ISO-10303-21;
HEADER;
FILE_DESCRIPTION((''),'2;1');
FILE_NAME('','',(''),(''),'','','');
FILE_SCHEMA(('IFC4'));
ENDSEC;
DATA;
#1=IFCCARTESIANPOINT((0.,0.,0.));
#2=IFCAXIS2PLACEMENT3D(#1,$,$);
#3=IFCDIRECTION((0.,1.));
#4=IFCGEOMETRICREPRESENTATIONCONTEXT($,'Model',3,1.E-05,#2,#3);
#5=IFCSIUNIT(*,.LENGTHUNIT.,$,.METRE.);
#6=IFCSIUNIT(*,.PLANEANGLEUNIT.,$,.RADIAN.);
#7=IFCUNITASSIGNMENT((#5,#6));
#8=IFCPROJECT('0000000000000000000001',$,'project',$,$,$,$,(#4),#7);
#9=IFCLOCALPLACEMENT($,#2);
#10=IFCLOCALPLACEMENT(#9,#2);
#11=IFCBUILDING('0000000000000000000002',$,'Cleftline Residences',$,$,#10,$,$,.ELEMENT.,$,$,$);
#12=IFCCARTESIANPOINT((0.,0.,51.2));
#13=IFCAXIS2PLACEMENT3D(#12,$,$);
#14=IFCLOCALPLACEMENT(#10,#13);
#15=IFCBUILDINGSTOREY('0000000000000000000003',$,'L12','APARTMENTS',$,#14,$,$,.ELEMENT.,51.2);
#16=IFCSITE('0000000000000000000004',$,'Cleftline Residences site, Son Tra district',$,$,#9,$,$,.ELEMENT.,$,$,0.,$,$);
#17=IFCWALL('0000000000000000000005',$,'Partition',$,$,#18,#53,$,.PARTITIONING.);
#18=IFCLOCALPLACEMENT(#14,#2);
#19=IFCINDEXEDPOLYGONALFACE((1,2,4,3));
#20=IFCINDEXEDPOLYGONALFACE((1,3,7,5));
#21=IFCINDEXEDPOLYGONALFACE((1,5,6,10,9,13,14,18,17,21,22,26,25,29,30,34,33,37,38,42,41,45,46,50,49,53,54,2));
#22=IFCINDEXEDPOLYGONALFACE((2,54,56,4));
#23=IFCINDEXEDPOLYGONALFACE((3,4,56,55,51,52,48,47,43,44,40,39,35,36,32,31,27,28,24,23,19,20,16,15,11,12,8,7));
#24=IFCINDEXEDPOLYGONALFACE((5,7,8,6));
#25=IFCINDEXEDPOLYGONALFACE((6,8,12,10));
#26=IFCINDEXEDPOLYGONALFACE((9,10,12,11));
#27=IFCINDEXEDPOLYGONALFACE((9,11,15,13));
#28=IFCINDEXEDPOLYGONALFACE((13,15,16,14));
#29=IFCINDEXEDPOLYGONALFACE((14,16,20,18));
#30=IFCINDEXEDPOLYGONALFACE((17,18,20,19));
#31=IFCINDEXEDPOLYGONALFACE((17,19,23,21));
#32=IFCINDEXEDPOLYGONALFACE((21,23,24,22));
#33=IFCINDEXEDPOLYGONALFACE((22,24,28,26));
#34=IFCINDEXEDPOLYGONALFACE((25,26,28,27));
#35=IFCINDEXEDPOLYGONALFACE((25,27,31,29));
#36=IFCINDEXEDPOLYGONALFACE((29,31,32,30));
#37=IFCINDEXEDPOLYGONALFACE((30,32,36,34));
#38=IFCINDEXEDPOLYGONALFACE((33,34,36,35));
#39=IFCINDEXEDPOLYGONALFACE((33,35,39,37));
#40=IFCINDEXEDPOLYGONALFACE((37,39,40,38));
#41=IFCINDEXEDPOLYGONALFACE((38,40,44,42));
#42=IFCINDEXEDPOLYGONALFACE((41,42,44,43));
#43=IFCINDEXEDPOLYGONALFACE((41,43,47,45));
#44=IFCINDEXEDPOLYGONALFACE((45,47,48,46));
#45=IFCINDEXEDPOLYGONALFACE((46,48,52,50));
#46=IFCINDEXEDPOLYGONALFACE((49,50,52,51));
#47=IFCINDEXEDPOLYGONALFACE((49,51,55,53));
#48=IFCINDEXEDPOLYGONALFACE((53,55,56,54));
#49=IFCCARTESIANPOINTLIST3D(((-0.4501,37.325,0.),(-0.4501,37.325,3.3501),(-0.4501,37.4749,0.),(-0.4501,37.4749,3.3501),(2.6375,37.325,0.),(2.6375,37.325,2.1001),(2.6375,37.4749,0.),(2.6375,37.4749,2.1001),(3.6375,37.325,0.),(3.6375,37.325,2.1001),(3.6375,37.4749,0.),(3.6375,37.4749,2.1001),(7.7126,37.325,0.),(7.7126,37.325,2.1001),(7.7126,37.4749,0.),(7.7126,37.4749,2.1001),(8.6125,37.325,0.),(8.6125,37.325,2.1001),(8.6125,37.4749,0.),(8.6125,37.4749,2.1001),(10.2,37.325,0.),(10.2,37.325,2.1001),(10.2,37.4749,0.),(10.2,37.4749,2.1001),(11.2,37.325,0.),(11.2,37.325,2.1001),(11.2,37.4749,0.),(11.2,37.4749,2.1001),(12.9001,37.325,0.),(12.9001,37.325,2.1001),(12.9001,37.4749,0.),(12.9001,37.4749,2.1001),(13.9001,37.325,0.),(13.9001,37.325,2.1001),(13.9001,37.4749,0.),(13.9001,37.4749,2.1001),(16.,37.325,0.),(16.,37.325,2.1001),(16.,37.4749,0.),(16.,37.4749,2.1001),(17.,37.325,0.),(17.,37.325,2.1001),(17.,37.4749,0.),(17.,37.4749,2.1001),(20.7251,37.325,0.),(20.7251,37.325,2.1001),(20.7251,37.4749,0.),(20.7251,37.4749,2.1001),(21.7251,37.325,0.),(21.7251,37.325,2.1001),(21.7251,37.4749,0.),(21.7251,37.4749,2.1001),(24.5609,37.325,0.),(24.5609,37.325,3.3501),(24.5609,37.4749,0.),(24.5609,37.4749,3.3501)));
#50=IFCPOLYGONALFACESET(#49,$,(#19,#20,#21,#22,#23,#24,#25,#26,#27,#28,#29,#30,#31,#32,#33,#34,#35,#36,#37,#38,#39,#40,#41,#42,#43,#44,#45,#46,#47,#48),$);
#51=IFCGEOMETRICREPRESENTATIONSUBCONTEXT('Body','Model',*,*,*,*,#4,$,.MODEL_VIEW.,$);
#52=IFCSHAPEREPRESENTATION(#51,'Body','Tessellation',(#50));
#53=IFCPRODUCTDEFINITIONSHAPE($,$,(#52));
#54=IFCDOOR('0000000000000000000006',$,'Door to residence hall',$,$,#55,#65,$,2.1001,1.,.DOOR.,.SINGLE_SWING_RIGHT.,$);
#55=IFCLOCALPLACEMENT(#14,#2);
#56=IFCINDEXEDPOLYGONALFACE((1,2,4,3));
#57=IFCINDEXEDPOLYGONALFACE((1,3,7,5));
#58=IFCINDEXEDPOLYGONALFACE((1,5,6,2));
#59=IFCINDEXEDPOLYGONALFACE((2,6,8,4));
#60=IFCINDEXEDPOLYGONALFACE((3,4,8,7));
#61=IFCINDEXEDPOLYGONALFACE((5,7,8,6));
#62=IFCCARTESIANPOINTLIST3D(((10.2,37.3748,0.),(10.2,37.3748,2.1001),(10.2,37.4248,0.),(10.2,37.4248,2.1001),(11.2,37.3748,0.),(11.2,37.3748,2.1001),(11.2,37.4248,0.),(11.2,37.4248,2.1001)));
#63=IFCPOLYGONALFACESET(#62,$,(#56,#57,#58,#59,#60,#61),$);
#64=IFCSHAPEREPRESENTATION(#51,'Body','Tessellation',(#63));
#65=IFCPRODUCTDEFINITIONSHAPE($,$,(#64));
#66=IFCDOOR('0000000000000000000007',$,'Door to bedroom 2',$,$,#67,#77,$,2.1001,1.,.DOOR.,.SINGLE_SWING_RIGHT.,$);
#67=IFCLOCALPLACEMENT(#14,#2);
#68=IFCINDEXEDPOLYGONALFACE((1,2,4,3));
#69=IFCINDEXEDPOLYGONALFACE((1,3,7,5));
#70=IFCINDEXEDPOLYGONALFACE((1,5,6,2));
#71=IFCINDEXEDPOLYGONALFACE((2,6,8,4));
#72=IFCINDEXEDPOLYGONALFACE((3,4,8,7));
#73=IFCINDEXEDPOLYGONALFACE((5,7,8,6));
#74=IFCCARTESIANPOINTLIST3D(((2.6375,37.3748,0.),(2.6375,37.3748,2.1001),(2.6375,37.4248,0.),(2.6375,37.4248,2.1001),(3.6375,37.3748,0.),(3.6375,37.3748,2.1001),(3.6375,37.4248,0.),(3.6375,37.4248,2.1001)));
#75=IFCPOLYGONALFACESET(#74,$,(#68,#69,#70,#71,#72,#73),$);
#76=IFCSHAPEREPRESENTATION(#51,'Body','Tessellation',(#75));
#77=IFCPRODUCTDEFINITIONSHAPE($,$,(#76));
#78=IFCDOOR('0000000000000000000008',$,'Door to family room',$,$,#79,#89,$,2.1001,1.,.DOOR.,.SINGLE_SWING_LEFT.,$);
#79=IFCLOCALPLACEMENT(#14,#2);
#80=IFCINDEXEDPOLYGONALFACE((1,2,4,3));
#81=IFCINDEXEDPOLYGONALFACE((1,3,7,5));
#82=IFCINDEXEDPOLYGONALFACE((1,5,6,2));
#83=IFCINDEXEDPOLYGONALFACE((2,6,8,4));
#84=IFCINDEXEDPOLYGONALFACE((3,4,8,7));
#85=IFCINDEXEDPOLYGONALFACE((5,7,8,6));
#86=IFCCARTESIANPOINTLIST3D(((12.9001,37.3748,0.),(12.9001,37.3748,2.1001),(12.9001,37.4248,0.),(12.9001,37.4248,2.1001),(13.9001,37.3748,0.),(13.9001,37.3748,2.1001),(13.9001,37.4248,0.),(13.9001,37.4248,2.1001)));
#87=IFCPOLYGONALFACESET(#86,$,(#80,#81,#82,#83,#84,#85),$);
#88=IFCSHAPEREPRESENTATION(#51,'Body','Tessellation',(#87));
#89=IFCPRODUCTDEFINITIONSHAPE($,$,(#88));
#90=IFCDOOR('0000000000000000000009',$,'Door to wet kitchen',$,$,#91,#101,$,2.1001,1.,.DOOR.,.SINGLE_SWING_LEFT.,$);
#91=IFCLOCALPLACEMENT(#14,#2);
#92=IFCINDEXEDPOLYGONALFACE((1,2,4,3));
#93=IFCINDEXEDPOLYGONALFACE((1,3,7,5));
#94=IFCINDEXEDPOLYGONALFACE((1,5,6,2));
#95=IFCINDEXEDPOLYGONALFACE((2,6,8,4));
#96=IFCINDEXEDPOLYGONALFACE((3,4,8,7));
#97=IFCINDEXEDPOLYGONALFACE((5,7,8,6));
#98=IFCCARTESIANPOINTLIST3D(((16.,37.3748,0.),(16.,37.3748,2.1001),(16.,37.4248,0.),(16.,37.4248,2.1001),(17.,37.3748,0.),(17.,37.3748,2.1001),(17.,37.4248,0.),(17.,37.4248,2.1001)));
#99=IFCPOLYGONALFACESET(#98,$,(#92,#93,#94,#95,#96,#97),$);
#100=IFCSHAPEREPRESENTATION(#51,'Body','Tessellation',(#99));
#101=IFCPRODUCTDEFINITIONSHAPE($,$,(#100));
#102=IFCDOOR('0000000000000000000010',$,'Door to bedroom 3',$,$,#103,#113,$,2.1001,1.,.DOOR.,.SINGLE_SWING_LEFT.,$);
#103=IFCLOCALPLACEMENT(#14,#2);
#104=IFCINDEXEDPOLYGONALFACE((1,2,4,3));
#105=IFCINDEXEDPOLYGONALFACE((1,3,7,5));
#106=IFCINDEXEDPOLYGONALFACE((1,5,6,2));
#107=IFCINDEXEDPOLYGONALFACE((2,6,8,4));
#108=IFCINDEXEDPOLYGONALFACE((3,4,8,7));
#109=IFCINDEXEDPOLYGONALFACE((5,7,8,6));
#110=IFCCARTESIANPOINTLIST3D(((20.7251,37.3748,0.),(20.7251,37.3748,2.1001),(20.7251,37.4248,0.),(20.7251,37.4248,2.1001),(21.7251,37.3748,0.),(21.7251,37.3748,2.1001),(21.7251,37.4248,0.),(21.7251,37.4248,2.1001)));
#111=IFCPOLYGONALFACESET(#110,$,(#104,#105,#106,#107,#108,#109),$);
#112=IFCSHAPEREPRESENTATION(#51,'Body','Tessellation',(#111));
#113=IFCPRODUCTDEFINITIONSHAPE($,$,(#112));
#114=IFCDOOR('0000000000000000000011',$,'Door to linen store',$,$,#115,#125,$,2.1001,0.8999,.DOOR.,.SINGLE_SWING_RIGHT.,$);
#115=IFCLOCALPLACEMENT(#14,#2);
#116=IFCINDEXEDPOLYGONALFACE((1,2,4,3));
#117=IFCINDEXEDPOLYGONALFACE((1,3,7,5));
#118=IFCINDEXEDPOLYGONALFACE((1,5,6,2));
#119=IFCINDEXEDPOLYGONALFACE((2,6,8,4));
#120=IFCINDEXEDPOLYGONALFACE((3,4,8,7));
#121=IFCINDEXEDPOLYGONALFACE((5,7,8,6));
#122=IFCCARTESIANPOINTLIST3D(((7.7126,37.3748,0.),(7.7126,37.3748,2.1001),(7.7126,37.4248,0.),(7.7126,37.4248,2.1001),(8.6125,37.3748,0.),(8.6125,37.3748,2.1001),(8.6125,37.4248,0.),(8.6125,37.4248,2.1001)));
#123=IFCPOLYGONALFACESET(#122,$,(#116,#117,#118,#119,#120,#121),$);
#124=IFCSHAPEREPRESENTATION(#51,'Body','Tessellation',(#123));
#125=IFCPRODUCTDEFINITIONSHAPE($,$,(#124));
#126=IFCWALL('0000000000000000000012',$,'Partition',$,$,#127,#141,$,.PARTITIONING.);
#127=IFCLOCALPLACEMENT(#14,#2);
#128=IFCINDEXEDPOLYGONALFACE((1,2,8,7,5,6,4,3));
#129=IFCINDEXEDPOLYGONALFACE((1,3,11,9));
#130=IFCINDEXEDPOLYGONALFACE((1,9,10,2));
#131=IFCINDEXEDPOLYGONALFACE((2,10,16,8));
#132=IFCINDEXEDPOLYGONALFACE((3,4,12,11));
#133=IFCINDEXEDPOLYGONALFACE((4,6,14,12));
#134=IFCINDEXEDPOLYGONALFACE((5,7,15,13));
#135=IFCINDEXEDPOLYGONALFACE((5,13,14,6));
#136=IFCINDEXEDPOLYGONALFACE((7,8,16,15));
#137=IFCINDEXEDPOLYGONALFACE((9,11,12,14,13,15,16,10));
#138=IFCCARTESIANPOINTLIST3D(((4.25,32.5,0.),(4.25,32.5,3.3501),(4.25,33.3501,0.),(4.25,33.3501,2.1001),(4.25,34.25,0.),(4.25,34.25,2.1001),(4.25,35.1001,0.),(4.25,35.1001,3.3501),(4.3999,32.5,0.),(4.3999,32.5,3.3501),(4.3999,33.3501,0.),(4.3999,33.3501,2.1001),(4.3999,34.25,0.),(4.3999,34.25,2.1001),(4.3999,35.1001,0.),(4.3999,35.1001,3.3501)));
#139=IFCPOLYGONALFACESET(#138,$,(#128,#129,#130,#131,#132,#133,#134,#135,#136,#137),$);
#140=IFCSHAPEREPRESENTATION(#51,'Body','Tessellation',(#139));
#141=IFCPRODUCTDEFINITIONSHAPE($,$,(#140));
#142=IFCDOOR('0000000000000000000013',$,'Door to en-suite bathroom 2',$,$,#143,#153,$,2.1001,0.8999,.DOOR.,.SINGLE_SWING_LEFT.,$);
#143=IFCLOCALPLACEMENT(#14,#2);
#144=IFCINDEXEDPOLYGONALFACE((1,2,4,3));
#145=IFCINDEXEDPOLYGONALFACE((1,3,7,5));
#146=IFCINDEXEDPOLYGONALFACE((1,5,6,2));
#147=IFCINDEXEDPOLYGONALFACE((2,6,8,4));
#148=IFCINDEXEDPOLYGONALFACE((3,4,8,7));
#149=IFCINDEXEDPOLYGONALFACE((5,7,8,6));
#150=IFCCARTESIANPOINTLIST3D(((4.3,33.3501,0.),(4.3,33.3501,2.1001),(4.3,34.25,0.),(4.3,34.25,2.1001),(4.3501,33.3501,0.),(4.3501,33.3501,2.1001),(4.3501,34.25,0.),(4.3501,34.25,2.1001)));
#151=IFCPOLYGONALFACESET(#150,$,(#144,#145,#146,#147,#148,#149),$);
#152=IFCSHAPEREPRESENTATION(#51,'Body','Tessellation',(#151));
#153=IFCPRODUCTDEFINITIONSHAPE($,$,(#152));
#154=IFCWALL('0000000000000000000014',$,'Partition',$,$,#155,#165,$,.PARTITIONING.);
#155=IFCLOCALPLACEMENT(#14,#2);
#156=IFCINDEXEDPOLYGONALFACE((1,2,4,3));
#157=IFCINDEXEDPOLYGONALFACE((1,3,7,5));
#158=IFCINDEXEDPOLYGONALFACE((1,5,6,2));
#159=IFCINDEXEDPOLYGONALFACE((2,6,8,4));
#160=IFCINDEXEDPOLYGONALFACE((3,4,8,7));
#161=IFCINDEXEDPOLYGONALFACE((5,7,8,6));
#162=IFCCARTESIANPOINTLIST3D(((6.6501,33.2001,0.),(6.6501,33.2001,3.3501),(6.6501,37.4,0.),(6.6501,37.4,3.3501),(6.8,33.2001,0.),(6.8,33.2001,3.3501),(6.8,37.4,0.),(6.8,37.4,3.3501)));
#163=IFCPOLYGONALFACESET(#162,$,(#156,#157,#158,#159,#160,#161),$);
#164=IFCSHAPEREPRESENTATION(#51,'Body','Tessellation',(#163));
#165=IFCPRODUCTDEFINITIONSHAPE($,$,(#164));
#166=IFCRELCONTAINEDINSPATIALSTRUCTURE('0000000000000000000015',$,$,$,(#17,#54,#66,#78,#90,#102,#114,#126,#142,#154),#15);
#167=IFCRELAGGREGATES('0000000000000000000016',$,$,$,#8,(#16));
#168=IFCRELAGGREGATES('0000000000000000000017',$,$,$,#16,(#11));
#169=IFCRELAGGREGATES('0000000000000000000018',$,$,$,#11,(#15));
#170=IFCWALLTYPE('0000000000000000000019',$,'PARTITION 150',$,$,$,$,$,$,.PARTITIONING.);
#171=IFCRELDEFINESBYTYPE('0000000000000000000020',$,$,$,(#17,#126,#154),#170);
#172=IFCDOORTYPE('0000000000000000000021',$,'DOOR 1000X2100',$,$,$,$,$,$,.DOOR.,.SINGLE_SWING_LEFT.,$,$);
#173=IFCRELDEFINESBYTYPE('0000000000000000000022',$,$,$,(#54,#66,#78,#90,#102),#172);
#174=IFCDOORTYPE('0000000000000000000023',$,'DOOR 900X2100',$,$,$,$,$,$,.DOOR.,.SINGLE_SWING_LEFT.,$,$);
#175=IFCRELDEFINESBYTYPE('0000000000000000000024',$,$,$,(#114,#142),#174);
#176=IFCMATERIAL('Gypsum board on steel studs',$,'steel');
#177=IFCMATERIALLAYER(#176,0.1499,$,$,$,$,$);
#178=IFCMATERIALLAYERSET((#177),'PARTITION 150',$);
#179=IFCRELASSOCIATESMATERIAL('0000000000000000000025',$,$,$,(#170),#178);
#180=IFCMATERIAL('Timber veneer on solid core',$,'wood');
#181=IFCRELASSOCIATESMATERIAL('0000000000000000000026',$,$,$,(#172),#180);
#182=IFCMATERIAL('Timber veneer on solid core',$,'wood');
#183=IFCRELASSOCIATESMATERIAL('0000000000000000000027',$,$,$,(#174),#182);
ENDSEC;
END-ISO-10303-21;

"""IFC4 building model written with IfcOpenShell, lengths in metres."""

from ifc_helpers import new_model, si_unit, direction, frame, frame_2d, origin, place, context, subcontext, project, spatial, rectangle, extrude, material, layer, layer_set, type_object, element, fill, save


model = new_model("IFC4")

# Units and contexts
model_context = context("Model", 3, precision=1e-05, world=origin(), true_north=direction((0.0, 1.0)))
body_context = subcontext(model_context, "Body", "Model", "MODEL_VIEW")
ifc_project = project(units=[si_unit("LENGTHUNIT", "METRE"), si_unit("PLANEANGLEUNIT", "RADIAN")], contexts=[model_context])

# Site, building, storey
site_placement = place(None, origin())
site = spatial("IfcSite", under=ifc_project, at=site_placement, Name="Cleftline Residences site, Son Tra district", CompositionType="ELEMENT", RefElevation=0.0)
building_placement = place(site_placement, origin())
building = spatial("IfcBuilding", under=site, at=building_placement, Name="Cleftline Residences", CompositionType="ELEMENT")
storey_placement = place(building_placement, frame((0.0, 0.0, 51.2)))
storey = spatial("IfcBuildingStorey", under=building, at=storey_placement, Name="L12", Description="APARTMENTS", CompositionType="ELEMENT", Elevation=51.2)

# Shared definitions
ifc_material_1 = material(Name="Gypsum board on steel studs", Category="steel")
ifc_layer = layer(ifc_material_1, 0.1499)
ifc_layer_set = layer_set([ifc_layer], Name="PARTITION 150")
wall_type = type_object("IfcWallType", Name="PARTITION 150", PredefinedType="PARTITIONING", material=ifc_layer_set)

# Wall, openings, doors
wall_1_placement = place(storey_placement, frame((-0.45, 37.3999, 0.0), z_axis=(0.0, 0.0, 1.0), x_axis=(1.0, 0.0, 0.0)))
wall_1 = element("IfcWall", 1, at=wall_1_placement, inside=storey, type_object=wall_type, Name="Partition", PredefinedType="PARTITIONING", context=body_context, shape_type="SweptSolid", body=[
    extrude(rectangle(XDim=25.011, YDim=0.1499, at=frame_2d((12.5054, 0.0))), origin(), (0.0, 0.0, 1.0), 3.3501),
])
opening_1_placement = place(wall_1_placement, frame((10.6499, 0.0, 0.0)))
opening_1 = element("IfcOpeningElement", 2, at=opening_1_placement, cuts=wall_1, PredefinedType="OPENING", context=body_context, shape_type="SweptSolid", body=[
    extrude(rectangle(XDim=1.0, YDim=2.1001, at=frame_2d((0.5, 1.05))), frame((0.0, 0.085, 0.0), z_axis=(0.0, -1.0, 0.0), x_axis=(1.0, 0.0, 0.0)), (0.0, 0.0, 1.0), 0.1699),
])
opening_2_placement = place(wall_1_placement, frame((3.0874, 0.0, 0.0)))
opening_2 = element("IfcOpeningElement", 3, at=opening_2_placement, cuts=wall_1, PredefinedType="OPENING", context=body_context, shape_type="SweptSolid", body=[
    extrude(rectangle(XDim=1.0, YDim=2.1001, at=frame_2d((0.5, 1.05))), frame((0.0, 0.085, 0.0), z_axis=(0.0, -1.0, 0.0), x_axis=(1.0, 0.0, 0.0)), (0.0, 0.0, 1.0), 0.1699),
])
opening_3_placement = place(wall_1_placement, frame((8.1626, 0.0, 0.0)))
opening_3 = element("IfcOpeningElement", 4, at=opening_3_placement, cuts=wall_1, PredefinedType="OPENING", context=body_context, shape_type="SweptSolid", body=[
    extrude(rectangle(XDim=0.8999, YDim=2.1001, at=frame_2d((0.45, 1.05))), frame((0.0, 0.085, 0.0), z_axis=(0.0, -1.0, 0.0), x_axis=(1.0, 0.0, 0.0)), (0.0, 0.0, 1.0), 0.1699),
])
opening_4_placement = place(wall_1_placement, frame((13.3501, 0.0, 0.0)))
opening_4 = element("IfcOpeningElement", 5, at=opening_4_placement, cuts=wall_1, PredefinedType="OPENING", context=body_context, shape_type="SweptSolid", body=[
    extrude(rectangle(XDim=1.0, YDim=2.1001, at=frame_2d((0.5, 1.05))), frame((0.0, 0.085, 0.0), z_axis=(0.0, -1.0, 0.0), x_axis=(1.0, 0.0, 0.0)), (0.0, 0.0, 1.0), 0.1699),
])
opening_5_placement = place(wall_1_placement, frame((16.45, 0.0, 0.0)))
opening_5 = element("IfcOpeningElement", 6, at=opening_5_placement, cuts=wall_1, PredefinedType="OPENING", context=body_context, shape_type="SweptSolid", body=[
    extrude(rectangle(XDim=1.0, YDim=2.1001, at=frame_2d((0.5, 1.05))), frame((0.0, 0.085, 0.0), z_axis=(0.0, -1.0, 0.0), x_axis=(1.0, 0.0, 0.0)), (0.0, 0.0, 1.0), 0.1699),
])
opening_6_placement = place(wall_1_placement, frame((21.175, 0.0, 0.0)))
opening_6 = element("IfcOpeningElement", 7, at=opening_6_placement, cuts=wall_1, PredefinedType="OPENING", context=body_context, shape_type="SweptSolid", body=[
    extrude(rectangle(XDim=1.0, YDim=2.1001, at=frame_2d((0.5, 1.05))), frame((0.0, 0.085, 0.0), z_axis=(0.0, -1.0, 0.0), x_axis=(1.0, 0.0, 0.0)), (0.0, 0.0, 1.0), 0.1699),
])
ifc_material_2 = material(Name="Timber veneer on solid core", Category="wood")
door_type_1 = type_object("IfcDoorType", Name="DOOR 1000X2100", OperationType="SINGLE_SWING_LEFT", PredefinedType="DOOR", material=ifc_material_2)
door_1_placement = place(opening_1_placement, origin())
door_1 = element("IfcDoor", 8, at=door_1_placement, inside=storey, type_object=door_type_1, Name="Door to residence hall", OperationType="SINGLE_SWING_RIGHT", OverallHeight=2.1001, OverallWidth=1.0, PredefinedType="DOOR", context=body_context, shape_type="SweptSolid", body=[
    extrude(rectangle(XDim=1.0, YDim=2.1001, at=frame_2d((0.5, 1.05))), frame((0.0, 0.0249, 0.0), z_axis=(0.0, -1.0, 0.0), x_axis=(1.0, 0.0, 0.0)), (0.0, 0.0, 1.0), 0.05),
])
fill(opening_1, door_1)
door_2_placement = place(opening_2_placement, origin())
door_2 = element("IfcDoor", 9, at=door_2_placement, inside=storey, type_object=door_type_1, Name="Door to bedroom 2", OperationType="SINGLE_SWING_RIGHT", OverallHeight=2.1001, OverallWidth=1.0, PredefinedType="DOOR", context=body_context, shape_type="SweptSolid", body=[
    extrude(rectangle(XDim=1.0, YDim=2.1001, at=frame_2d((0.5, 1.05))), frame((0.0, 0.0249, 0.0), z_axis=(0.0, -1.0, 0.0), x_axis=(1.0, 0.0, 0.0)), (0.0, 0.0, 1.0), 0.05),
])
fill(opening_2, door_2)
door_3_placement = place(opening_4_placement, origin())
door_3 = element("IfcDoor", 10, at=door_3_placement, inside=storey, type_object=door_type_1, Name="Door to family room", OperationType="SINGLE_SWING_LEFT", OverallHeight=2.1001, OverallWidth=1.0, PredefinedType="DOOR", context=body_context, shape_type="SweptSolid", body=[
    extrude(rectangle(XDim=1.0, YDim=2.1001, at=frame_2d((0.5, 1.05))), frame((0.0, 0.0249, 0.0), z_axis=(0.0, -1.0, 0.0), x_axis=(1.0, 0.0, 0.0)), (0.0, 0.0, 1.0), 0.05),
])
fill(opening_4, door_3)
door_4_placement = place(opening_5_placement, origin())
door_4 = element("IfcDoor", 11, at=door_4_placement, inside=storey, type_object=door_type_1, Name="Door to wet kitchen", OperationType="SINGLE_SWING_LEFT", OverallHeight=2.1001, OverallWidth=1.0, PredefinedType="DOOR", context=body_context, shape_type="SweptSolid", body=[
    extrude(rectangle(XDim=1.0, YDim=2.1001, at=frame_2d((0.5, 1.05))), frame((0.0, 0.0249, 0.0), z_axis=(0.0, -1.0, 0.0), x_axis=(1.0, 0.0, 0.0)), (0.0, 0.0, 1.0), 0.05),
])
fill(opening_5, door_4)
door_5_placement = place(opening_6_placement, origin())
door_5 = element("IfcDoor", 12, at=door_5_placement, inside=storey, type_object=door_type_1, Name="Door to bedroom 3", OperationType="SINGLE_SWING_LEFT", OverallHeight=2.1001, OverallWidth=1.0, PredefinedType="DOOR", context=body_context, shape_type="SweptSolid", body=[
    extrude(rectangle(XDim=1.0, YDim=2.1001, at=frame_2d((0.5, 1.05))), frame((0.0, 0.0249, 0.0), z_axis=(0.0, -1.0, 0.0), x_axis=(1.0, 0.0, 0.0)), (0.0, 0.0, 1.0), 0.05),
])
fill(opening_6, door_5)
ifc_material_3 = material(Name="Timber veneer on solid core", Category="wood")
door_type_2 = type_object("IfcDoorType", Name="DOOR 900X2100", OperationType="SINGLE_SWING_LEFT", PredefinedType="DOOR", material=ifc_material_3)
door_6_placement = place(opening_3_placement, origin())
door_6 = element("IfcDoor", 13, at=door_6_placement, inside=storey, type_object=door_type_2, Name="Door to linen store", OperationType="SINGLE_SWING_RIGHT", OverallHeight=2.1001, OverallWidth=0.8999, PredefinedType="DOOR", context=body_context, shape_type="SweptSolid", body=[
    extrude(rectangle(XDim=0.8999, YDim=2.1001, at=frame_2d((0.45, 1.05))), frame((0.0, 0.0249, 0.0), z_axis=(0.0, -1.0, 0.0), x_axis=(1.0, 0.0, 0.0)), (0.0, 0.0, 1.0), 0.05),
])
fill(opening_3, door_6)

# Wall, opening, door
wall_2_placement = place(storey_placement, frame((4.325, 32.5, 0.0), z_axis=(0.0, 0.0, 1.0), x_axis=(0.0, 1.0, 0.0)))
wall_2 = element("IfcWall", 14, at=wall_2_placement, inside=storey, type_object=wall_type, Name="Partition", PredefinedType="PARTITIONING", context=body_context, shape_type="SweptSolid", body=[
    extrude(rectangle(XDim=2.6001, YDim=0.1499, at=frame_2d((1.3, 0.0))), origin(), (0.0, 0.0, 1.0), 3.3501),
])
opening_7_placement = place(wall_2_placement, frame((0.8501, 0.0, 0.0)))
opening_7 = element("IfcOpeningElement", 15, at=opening_7_placement, cuts=wall_2, PredefinedType="OPENING", context=body_context, shape_type="SweptSolid", body=[
    extrude(rectangle(XDim=0.8999, YDim=2.1001, at=frame_2d((0.45, 1.05))), frame((0.0, 0.085, 0.0), z_axis=(0.0, -1.0, 0.0), x_axis=(1.0, 0.0, 0.0)), (0.0, 0.0, 1.0), 0.1699),
])
door_7_placement = place(opening_7_placement, origin())
door_7 = element("IfcDoor", 16, at=door_7_placement, inside=storey, type_object=door_type_2, Name="Door to en-suite bathroom 2", OperationType="SINGLE_SWING_LEFT", OverallHeight=2.1001, OverallWidth=0.8999, PredefinedType="DOOR", context=body_context, shape_type="SweptSolid", body=[
    extrude(rectangle(XDim=0.8999, YDim=2.1001, at=frame_2d((0.45, 1.05))), frame((0.0, 0.0249, 0.0), z_axis=(0.0, -1.0, 0.0), x_axis=(1.0, 0.0, 0.0)), (0.0, 0.0, 1.0), 0.05),
])
fill(opening_7, door_7)

# Wall
wall_3_placement = place(storey_placement, frame((6.7251, 33.2, 0.0), z_axis=(0.0, 0.0, 1.0), x_axis=(0.0, 1.0, 0.0)))
element("IfcWall", 17, at=wall_3_placement, inside=storey, type_object=wall_type, Name="Partition", PredefinedType="PARTITIONING", context=body_context, shape_type="SweptSolid", body=[
    extrude(rectangle(XDim=4.2, YDim=0.1499, at=frame_2d((2.1001, 0.0))), origin(), (0.0, 0.0, 1.0), 3.3501),
])

save(model, "model.ifc")
